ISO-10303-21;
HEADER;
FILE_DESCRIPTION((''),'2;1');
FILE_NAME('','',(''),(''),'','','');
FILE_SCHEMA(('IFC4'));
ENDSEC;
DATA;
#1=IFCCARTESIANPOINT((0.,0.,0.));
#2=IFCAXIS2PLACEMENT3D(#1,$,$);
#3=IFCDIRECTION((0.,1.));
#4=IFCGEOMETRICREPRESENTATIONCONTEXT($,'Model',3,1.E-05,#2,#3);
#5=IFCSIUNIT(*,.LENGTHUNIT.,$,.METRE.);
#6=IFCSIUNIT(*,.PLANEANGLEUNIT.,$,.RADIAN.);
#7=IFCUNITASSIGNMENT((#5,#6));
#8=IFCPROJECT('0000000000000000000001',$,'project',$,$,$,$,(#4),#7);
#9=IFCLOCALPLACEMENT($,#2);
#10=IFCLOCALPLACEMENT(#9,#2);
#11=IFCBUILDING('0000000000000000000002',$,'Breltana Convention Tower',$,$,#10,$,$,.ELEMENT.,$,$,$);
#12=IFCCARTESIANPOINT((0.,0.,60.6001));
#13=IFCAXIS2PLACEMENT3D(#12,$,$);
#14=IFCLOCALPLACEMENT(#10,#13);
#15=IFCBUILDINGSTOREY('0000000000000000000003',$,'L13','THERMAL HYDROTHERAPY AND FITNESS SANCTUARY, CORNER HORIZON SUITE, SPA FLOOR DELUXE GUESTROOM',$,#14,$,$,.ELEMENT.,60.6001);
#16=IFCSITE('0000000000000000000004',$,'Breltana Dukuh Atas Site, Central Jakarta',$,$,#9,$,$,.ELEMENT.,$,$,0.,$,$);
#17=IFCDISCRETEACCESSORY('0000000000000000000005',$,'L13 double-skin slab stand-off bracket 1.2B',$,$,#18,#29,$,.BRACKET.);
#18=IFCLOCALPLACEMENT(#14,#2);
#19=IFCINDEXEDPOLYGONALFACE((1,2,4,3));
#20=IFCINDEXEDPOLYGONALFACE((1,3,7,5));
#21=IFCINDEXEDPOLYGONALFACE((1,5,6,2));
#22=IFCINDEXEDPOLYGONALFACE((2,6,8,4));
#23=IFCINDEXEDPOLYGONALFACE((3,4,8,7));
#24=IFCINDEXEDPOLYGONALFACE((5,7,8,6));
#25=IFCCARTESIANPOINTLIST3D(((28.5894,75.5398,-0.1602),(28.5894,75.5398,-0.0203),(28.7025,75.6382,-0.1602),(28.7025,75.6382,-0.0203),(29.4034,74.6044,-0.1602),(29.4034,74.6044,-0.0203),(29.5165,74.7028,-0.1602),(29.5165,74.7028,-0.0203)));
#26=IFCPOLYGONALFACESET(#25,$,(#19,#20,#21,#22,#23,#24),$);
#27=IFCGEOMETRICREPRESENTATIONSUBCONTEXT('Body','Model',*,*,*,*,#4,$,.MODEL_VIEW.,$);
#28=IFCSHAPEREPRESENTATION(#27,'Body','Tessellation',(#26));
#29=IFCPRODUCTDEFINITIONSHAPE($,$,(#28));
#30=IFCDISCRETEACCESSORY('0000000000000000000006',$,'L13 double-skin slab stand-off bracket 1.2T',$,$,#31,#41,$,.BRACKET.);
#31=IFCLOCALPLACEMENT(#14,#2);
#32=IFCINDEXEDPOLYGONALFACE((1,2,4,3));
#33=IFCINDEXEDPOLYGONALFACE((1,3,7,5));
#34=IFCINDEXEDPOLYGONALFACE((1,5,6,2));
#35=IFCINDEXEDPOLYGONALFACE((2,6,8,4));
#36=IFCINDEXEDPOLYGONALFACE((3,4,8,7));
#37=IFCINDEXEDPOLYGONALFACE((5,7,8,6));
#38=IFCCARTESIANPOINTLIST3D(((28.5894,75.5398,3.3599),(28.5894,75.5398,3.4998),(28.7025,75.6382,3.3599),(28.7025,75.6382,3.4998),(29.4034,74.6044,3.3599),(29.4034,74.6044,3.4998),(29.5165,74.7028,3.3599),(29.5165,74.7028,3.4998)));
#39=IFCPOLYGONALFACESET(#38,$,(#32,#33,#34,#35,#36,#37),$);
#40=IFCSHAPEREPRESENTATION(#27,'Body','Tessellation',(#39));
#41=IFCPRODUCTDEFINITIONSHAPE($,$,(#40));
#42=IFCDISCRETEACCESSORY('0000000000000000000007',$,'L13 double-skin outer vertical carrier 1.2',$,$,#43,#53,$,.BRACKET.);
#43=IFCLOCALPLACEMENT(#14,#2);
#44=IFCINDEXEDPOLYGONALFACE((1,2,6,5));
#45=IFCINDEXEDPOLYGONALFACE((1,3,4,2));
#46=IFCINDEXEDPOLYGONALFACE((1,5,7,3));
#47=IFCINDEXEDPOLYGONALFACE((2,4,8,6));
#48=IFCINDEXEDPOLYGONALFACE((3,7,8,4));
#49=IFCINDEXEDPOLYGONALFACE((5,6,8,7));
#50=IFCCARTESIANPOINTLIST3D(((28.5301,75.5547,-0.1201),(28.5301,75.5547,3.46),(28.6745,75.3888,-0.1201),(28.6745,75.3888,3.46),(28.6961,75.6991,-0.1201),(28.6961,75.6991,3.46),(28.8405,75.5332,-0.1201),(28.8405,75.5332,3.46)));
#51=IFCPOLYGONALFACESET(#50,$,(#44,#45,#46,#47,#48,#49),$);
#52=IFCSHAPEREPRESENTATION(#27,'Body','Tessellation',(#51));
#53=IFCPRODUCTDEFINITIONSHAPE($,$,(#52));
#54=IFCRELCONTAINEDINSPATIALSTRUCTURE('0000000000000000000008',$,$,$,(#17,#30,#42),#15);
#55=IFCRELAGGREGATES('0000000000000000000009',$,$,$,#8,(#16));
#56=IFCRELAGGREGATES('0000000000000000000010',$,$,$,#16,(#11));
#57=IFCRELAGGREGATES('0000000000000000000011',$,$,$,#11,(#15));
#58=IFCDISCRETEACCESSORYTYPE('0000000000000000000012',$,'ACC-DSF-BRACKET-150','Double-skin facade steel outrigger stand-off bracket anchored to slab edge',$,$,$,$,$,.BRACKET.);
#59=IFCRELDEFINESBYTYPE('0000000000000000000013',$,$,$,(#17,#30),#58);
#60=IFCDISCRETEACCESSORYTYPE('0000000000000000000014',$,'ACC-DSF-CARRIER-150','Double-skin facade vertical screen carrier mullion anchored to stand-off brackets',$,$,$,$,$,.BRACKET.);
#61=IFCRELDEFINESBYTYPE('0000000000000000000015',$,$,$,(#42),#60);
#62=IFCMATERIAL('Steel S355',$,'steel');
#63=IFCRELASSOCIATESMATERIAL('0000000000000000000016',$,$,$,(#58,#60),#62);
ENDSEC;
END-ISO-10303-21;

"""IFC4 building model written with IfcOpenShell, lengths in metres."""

from ifc_helpers import new_model, si_unit, direction, frame, origin, origin_2d, place, context, subcontext, project, spatial, rectangle, extrude, source, transform, mapped, material, type_object, type_shapes, element, save


model = new_model("IFC4")

# Units and contexts
model_context = context("Model", 3, precision=1e-05, world=origin(), true_north=direction((0.0, 1.0)))
body_context = subcontext(model_context, "Body", "Model", "MODEL_VIEW")
ifc_project = project(units=[si_unit("LENGTHUNIT", "METRE"), si_unit("PLANEANGLEUNIT", "RADIAN")], contexts=[model_context])

# Site, building, storey
site_placement = place(None, origin())
site = spatial("IfcSite", under=ifc_project, at=site_placement, Name="Breltana Dukuh Atas Site, Central Jakarta", CompositionType="ELEMENT", RefElevation=0.0)
building_placement = place(site_placement, origin())
building = spatial("IfcBuilding", under=site, at=building_placement, Name="Breltana Convention Tower", CompositionType="ELEMENT")
storey_placement = place(building_placement, frame((0.0, 0.0, 60.6001)))
storey = spatial("IfcBuildingStorey", under=building, at=storey_placement, Name="L13", Description="THERMAL HYDROTHERAPY AND FITNESS SANCTUARY, CORNER HORIZON SUITE, SPA FLOOR DELUXE GUESTROOM", CompositionType="ELEMENT", Elevation=60.6001)

# Discrete accessories
ifc_material_1 = material(Name="Steel S355", Category="steel")
discrete_accessory_type_1 = type_object("IfcDiscreteAccessoryType", Name="ACC-DSF-BRACKET-150", Description="Double-skin facade steel outrigger stand-off bracket anchored to slab edge", PredefinedType="BRACKET", material=ifc_material_1)
shared_shape_1 = source(origin(), body_context, "Body", "SweptSolid", [
    extrude(rectangle(XDim=1.24, YDim=0.1499, at=origin_2d()), origin(), (0.0, 0.0, 1.0), 0.1399),
])
type_shapes(discrete_accessory_type_1, [shared_shape_1])
for number, where, z_axis, x_axis, name in (
    (1, (29.053, 75.1213, -0.1602), (0.0, 0.0, 1.0), (-0.656457, 0.754364, 0.0), "L13 double-skin slab stand-off bracket 1.2B"),
    (2, (29.053, 75.1213, 3.3599), (0.0, 0.0, 1.0), (-0.656457, 0.754364, 0.0), "L13 double-skin slab stand-off bracket 1.2T"),
):
    element("IfcDiscreteAccessory", number, at=place(storey_placement, frame(where, z_axis=z_axis, x_axis=x_axis)), inside=storey, type_object=discrete_accessory_type_1, Name=name, PredefinedType="BRACKET", context=body_context, shape_type="MappedRepresentation", body=[
        mapped(shared_shape_1, transform((0.0, 0.0, 0.0), scale=1.0)),
    ])
discrete_accessory_type_2 = type_object("IfcDiscreteAccessoryType", Name="ACC-DSF-CARRIER-150", Description="Double-skin facade vertical screen carrier mullion anchored to stand-off brackets", PredefinedType="BRACKET", material=ifc_material_1)
shared_shape_2 = source(origin(), body_context, "Body", "SweptSolid", [
    extrude(rectangle(XDim=0.22, YDim=0.22, at=origin_2d()), origin(), (0.0, 0.0, 1.0), 3.5801),
])
discrete_accessory_placement = place(storey_placement, frame((28.6853, 75.5439, -0.1201), z_axis=(0.0, 0.0, 1.0), x_axis=(-0.656457, 0.754364, 0.0)))
element("IfcDiscreteAccessory", 3, at=discrete_accessory_placement, inside=storey, type_object=discrete_accessory_type_2, Name="L13 double-skin outer vertical carrier 1.2", PredefinedType="BRACKET", context=body_context, shape_type="MappedRepresentation", body=[
    mapped(shared_shape_2, transform((0.0, 0.0, 0.0), scale=1.0)),
])

save(model, "model.ifc")
